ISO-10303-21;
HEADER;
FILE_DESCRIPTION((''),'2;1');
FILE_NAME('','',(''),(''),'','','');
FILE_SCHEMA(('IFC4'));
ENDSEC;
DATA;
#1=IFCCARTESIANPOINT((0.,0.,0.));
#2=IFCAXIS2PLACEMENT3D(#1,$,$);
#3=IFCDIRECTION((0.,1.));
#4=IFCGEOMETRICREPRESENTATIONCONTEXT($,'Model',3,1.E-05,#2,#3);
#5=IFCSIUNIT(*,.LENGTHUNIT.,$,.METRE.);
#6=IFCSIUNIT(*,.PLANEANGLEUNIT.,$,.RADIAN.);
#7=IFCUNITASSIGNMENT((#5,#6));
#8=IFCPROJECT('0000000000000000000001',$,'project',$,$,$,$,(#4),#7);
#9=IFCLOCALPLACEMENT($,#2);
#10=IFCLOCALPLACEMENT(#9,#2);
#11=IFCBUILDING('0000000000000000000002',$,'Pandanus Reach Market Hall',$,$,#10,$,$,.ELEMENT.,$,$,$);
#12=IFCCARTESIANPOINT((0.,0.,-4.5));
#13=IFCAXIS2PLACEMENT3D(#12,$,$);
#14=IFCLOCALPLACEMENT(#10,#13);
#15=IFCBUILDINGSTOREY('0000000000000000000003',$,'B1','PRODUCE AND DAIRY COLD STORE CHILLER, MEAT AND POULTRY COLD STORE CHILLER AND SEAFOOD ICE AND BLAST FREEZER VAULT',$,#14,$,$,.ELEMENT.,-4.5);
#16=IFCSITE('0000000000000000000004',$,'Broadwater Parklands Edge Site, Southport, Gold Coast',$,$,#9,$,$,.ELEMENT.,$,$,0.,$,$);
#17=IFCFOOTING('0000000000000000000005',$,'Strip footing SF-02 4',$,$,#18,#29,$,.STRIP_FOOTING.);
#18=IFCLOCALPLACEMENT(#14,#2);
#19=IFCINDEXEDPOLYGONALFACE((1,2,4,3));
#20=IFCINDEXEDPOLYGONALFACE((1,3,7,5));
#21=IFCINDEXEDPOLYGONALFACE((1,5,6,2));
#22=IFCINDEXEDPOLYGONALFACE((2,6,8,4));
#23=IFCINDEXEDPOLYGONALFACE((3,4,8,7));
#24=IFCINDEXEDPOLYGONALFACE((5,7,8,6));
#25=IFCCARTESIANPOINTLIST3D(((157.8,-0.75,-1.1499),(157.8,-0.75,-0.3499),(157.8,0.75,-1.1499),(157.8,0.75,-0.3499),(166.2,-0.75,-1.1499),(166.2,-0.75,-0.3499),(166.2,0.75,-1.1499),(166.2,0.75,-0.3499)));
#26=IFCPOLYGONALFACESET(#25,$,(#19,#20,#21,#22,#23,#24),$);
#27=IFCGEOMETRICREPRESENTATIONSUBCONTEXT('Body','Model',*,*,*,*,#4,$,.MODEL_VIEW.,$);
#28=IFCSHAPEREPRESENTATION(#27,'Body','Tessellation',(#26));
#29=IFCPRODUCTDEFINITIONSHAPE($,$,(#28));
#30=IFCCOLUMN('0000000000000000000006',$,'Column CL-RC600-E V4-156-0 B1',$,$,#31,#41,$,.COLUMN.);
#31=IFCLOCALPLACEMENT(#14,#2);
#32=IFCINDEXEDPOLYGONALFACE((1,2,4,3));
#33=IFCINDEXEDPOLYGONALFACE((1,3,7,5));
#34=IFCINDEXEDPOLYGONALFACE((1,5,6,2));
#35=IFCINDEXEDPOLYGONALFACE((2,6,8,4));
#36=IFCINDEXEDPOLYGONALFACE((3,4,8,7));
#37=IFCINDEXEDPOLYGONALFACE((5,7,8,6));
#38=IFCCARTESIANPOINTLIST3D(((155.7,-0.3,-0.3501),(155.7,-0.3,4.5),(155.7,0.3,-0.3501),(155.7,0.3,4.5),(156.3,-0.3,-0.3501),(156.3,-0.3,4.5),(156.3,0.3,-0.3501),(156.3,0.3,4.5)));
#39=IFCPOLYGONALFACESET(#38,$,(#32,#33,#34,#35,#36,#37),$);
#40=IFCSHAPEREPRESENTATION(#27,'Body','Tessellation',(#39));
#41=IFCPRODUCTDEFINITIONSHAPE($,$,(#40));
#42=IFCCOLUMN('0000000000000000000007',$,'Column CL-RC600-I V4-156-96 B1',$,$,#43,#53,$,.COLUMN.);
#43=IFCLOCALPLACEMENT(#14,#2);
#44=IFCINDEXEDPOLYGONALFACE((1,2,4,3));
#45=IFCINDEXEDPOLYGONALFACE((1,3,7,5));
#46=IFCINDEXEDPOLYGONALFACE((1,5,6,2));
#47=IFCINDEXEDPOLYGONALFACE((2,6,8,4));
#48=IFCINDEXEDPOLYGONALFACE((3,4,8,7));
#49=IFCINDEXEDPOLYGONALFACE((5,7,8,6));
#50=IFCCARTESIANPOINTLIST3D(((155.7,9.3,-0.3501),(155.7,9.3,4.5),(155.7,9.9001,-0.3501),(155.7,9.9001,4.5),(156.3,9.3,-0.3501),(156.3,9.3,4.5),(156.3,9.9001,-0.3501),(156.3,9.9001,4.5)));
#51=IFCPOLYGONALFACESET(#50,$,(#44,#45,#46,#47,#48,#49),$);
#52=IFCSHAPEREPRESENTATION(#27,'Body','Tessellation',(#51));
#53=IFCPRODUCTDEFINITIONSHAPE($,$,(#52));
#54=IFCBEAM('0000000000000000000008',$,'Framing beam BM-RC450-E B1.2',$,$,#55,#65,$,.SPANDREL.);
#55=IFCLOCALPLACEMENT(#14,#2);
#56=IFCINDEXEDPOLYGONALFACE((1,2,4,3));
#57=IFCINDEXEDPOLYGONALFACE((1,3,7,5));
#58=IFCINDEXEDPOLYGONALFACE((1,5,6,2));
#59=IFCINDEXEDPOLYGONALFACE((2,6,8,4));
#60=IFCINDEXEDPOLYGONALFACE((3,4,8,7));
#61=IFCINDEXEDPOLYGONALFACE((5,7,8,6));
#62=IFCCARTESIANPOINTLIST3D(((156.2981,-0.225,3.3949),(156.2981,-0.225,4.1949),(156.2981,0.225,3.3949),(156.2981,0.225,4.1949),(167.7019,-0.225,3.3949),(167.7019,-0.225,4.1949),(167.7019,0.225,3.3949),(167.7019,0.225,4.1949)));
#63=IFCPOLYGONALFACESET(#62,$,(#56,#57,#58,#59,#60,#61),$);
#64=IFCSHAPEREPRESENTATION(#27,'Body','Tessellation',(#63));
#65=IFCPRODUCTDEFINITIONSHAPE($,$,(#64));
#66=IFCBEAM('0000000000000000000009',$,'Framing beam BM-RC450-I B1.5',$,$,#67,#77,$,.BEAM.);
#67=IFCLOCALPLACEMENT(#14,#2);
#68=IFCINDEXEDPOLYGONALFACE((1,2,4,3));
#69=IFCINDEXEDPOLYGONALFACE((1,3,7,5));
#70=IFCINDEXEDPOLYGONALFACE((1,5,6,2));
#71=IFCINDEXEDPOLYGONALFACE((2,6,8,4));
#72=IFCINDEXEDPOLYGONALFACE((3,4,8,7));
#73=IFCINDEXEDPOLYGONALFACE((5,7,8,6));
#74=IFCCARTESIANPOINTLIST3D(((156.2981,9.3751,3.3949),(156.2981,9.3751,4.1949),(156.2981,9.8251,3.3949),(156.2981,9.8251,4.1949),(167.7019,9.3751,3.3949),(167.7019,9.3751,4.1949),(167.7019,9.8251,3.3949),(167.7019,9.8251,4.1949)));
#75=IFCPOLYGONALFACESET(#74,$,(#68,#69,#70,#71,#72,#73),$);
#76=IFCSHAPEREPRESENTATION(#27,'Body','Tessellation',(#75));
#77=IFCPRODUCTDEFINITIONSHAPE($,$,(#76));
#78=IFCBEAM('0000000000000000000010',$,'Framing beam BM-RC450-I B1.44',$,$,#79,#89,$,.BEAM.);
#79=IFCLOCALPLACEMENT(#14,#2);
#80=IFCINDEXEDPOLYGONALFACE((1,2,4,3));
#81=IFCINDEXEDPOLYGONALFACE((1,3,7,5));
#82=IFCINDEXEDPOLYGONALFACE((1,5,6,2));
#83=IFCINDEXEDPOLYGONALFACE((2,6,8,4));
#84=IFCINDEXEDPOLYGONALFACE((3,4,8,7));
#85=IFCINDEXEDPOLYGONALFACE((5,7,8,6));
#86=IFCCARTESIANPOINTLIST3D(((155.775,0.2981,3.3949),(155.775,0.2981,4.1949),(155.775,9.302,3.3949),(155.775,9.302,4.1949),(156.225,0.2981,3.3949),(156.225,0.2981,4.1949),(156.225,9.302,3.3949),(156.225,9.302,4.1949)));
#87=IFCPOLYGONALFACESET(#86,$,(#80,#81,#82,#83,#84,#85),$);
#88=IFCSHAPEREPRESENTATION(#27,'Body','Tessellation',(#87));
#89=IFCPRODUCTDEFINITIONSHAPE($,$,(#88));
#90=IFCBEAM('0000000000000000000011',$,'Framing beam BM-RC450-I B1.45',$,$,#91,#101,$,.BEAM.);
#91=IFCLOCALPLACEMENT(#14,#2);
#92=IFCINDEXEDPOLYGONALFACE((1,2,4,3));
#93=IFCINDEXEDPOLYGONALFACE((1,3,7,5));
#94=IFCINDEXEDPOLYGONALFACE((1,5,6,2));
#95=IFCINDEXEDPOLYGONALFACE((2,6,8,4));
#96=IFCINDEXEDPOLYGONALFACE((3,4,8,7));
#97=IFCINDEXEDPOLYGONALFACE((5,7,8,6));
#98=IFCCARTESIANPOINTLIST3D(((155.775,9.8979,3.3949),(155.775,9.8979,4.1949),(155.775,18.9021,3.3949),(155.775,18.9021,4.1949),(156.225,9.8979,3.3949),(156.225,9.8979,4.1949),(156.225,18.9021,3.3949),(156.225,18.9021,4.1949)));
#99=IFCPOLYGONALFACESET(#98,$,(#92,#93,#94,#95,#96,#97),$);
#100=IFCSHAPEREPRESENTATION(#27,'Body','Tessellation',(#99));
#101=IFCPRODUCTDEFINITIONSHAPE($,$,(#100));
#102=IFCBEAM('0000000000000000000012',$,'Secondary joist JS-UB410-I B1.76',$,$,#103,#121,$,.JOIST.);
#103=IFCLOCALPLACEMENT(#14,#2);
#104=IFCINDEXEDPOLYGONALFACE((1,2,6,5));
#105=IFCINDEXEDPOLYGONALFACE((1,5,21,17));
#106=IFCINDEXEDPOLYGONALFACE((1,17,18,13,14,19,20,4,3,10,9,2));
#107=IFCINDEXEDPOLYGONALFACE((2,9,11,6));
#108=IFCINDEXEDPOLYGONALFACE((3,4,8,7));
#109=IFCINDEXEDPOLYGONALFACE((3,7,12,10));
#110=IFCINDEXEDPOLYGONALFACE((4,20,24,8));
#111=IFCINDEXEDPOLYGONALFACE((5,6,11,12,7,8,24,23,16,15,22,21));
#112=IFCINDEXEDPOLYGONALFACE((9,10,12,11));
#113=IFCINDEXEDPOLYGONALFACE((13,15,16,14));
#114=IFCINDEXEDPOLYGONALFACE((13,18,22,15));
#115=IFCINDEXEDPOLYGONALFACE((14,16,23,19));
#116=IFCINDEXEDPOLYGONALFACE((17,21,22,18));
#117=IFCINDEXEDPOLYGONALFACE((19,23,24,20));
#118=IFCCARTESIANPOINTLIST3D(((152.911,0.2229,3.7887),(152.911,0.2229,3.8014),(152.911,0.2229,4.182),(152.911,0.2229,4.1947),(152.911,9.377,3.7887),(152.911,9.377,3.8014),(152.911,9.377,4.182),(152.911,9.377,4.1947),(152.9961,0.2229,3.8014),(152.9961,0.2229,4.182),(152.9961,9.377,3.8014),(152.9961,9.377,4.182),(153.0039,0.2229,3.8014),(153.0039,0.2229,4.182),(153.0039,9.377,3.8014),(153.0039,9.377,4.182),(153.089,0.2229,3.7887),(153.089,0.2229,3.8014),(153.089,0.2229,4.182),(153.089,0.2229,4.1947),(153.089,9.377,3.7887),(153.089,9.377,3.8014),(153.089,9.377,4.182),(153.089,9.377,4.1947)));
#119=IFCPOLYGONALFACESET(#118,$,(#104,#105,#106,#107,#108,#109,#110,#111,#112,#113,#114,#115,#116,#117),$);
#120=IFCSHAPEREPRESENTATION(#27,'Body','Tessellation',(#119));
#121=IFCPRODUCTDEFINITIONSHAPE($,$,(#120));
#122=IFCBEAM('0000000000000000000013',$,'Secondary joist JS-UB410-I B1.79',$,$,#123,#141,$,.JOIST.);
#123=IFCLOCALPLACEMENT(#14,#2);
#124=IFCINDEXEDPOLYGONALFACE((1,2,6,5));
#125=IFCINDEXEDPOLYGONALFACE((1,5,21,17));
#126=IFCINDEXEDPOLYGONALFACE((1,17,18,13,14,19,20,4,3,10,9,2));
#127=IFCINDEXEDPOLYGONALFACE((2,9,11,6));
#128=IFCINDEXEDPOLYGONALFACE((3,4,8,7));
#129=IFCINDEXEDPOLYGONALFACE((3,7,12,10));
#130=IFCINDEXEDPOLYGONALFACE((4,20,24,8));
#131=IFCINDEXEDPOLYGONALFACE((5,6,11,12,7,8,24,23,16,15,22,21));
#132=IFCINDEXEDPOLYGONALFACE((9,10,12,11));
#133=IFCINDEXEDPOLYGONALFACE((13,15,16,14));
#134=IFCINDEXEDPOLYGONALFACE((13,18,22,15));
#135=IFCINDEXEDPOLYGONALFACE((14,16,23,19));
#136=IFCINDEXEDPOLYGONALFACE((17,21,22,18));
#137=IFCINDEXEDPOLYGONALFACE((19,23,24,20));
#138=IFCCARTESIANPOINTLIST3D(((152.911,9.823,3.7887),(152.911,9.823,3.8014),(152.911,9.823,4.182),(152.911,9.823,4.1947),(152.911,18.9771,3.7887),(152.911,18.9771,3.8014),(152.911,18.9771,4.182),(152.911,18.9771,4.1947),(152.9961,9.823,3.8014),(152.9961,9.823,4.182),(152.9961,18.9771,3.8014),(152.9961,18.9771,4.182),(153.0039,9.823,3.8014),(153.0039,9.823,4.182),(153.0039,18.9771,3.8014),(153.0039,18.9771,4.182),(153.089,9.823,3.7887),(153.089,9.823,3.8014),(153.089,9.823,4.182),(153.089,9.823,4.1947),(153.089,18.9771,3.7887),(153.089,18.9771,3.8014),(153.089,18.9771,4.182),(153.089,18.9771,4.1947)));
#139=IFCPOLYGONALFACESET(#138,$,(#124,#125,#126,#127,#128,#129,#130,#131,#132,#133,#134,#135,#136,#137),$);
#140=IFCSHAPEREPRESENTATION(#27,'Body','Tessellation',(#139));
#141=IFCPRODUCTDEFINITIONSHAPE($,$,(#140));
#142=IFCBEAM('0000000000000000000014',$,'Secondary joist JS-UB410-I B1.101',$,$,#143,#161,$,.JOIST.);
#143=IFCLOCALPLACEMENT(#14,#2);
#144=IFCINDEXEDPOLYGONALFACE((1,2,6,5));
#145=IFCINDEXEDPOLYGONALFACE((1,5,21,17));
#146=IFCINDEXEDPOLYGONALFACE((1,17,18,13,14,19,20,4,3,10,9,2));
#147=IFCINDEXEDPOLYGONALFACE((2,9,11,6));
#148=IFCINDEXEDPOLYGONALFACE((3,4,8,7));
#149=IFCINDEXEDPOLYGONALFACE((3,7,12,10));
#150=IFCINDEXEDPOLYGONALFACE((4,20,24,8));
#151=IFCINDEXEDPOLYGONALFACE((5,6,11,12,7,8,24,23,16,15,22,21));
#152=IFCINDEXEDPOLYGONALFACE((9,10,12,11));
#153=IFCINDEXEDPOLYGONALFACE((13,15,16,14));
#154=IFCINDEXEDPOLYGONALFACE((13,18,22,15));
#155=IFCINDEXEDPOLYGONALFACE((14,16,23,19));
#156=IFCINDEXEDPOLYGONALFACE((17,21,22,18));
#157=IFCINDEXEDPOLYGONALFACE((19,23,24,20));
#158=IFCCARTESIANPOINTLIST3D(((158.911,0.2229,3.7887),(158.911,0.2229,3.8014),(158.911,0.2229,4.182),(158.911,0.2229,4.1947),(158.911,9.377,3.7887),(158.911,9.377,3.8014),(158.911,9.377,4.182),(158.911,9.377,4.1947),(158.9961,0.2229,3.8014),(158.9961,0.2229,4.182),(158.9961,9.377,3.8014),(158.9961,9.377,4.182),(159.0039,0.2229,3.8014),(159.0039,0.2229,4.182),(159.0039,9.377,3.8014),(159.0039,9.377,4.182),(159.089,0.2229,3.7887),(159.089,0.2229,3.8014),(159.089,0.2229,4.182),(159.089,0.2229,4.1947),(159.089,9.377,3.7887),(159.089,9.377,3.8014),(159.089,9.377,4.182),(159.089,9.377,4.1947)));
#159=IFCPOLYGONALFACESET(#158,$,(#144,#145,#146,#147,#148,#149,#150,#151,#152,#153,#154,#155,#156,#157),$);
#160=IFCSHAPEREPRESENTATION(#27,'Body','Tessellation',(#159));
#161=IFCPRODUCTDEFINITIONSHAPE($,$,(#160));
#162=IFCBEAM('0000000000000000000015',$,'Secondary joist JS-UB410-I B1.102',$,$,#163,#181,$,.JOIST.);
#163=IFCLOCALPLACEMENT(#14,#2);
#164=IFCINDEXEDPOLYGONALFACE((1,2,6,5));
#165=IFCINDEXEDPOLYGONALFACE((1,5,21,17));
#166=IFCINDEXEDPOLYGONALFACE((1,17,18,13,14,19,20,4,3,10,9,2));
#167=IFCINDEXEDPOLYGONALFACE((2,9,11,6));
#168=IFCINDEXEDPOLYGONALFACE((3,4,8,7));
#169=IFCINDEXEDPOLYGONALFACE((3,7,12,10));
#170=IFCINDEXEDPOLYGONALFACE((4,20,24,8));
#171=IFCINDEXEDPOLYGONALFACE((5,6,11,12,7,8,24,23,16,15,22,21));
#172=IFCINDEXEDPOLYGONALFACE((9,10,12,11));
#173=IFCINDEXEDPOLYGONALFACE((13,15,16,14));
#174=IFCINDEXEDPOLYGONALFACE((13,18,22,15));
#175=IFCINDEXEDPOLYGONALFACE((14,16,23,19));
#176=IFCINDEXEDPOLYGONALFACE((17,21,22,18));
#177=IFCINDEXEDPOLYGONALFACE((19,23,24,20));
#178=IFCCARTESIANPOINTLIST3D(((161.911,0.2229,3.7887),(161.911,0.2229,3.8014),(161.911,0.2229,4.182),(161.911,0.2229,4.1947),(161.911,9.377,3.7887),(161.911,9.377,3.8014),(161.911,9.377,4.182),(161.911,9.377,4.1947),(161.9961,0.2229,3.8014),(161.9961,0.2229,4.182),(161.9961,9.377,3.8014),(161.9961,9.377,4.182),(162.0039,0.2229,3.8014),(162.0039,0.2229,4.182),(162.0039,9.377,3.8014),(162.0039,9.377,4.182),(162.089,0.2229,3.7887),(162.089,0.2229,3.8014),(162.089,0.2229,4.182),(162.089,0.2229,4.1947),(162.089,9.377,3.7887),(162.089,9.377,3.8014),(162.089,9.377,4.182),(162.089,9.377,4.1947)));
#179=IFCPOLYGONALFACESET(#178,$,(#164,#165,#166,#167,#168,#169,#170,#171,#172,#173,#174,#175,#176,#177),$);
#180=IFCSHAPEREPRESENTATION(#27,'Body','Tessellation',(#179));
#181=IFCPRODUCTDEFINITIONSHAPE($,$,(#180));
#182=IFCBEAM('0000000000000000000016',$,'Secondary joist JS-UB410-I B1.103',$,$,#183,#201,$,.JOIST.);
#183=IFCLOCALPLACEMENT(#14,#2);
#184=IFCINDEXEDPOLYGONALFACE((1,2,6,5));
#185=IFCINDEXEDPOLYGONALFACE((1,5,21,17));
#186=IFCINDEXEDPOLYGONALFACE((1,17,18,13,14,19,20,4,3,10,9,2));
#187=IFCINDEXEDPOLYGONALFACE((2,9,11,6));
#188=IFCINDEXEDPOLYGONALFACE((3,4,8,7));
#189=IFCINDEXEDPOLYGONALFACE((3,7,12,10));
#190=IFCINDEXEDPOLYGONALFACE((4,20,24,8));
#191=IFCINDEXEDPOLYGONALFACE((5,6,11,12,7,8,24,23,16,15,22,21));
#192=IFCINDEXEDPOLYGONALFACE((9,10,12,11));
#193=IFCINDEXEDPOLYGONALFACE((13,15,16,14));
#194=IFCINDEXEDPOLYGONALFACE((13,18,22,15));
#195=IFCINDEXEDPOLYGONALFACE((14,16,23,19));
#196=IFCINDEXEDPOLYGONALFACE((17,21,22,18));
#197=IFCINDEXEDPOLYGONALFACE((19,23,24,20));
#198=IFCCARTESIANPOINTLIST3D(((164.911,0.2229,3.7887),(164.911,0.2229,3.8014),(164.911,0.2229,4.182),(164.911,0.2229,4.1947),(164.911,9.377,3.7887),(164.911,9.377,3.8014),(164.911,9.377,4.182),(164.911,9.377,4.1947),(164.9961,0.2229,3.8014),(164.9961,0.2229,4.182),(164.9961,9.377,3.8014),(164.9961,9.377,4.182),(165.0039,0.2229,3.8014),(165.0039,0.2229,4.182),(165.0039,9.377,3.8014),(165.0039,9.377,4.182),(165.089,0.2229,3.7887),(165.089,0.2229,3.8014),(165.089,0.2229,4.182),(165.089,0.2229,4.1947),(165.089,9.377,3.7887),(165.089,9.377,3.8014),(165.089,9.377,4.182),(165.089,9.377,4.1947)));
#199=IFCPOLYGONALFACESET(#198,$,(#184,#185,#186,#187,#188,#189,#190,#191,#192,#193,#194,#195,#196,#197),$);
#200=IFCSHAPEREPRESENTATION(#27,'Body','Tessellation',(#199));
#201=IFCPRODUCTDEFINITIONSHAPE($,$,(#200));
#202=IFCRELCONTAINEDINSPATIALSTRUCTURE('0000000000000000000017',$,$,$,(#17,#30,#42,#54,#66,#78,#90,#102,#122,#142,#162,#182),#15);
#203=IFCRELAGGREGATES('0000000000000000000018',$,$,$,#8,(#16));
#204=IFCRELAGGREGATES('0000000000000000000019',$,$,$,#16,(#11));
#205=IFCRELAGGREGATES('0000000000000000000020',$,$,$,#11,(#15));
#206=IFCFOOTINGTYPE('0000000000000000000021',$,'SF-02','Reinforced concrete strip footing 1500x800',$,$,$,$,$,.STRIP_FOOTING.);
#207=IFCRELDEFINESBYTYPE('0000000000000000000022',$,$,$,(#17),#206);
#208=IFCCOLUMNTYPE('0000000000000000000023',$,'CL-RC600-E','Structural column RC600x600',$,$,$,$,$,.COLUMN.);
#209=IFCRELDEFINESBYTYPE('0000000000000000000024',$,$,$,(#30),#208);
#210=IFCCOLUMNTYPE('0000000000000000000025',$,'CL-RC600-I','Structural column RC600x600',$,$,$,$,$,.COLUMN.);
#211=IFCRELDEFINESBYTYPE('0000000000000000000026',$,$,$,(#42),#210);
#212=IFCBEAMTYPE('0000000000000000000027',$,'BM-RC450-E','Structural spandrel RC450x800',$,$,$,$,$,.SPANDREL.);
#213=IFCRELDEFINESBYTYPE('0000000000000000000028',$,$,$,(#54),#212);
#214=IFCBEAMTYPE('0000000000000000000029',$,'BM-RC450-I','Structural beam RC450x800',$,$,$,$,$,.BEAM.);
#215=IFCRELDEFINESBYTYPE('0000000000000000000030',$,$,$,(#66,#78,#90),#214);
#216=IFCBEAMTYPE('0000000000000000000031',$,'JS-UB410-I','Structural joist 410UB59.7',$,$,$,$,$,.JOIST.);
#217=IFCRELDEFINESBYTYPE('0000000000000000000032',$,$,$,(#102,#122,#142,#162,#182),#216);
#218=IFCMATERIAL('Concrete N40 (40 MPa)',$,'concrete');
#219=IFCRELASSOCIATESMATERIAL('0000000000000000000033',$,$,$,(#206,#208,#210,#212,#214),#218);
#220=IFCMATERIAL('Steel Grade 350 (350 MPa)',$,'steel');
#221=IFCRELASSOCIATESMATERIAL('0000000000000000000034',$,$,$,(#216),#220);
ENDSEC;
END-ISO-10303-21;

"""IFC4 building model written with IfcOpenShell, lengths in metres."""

from ifc_helpers import new_model, si_unit, direction, frame, origin, origin_2d, place, context, subcontext, project, spatial, rectangle, i_section, extrude, material, material_profile, profile_set, type_object, element, save


model = new_model("IFC4")

# Units and contexts
model_context = context("Model", 3, precision=1e-05, world=origin(), true_north=direction((0.0, 1.0)))
body_context = subcontext(model_context, "Body", "Model", "MODEL_VIEW")
ifc_project = project(units=[si_unit("LENGTHUNIT", "METRE"), si_unit("PLANEANGLEUNIT", "RADIAN")], contexts=[model_context])

# Site, building, storey
site_placement = place(None, origin())
site = spatial("IfcSite", under=ifc_project, at=site_placement, Name="Broadwater Parklands Edge Site, Southport, Gold Coast", CompositionType="ELEMENT", RefElevation=0.0)
building_placement = place(site_placement, origin())
building = spatial("IfcBuilding", under=site, at=building_placement, Name="Pandanus Reach Market Hall", CompositionType="ELEMENT")
storey_placement = place(building_placement, frame((0.0, 0.0, -4.5)))
storey = spatial("IfcBuildingStorey", under=building, at=storey_placement, Name="B1", Description="PRODUCE AND DAIRY COLD STORE CHILLER, MEAT AND POULTRY COLD STORE CHILLER AND SEAFOOD ICE AND BLAST FREEZER VAULT", CompositionType="ELEMENT", Elevation=-4.5)

# Shared definitions
ifc_material_1 = material(Name="Concrete N40 (40 MPa)", Category="concrete")

# Footing
footing_type_1 = type_object("IfcFootingType", Name="SF-02", Description="Reinforced concrete strip footing 1500x800", PredefinedType="STRIP_FOOTING", material=ifc_material_1)
footing_placement = place(storey_placement, frame((162.0, 0.0, -1.1499), z_axis=(0.0, 0.0, 1.0), x_axis=(1.0, 0.0, 0.0)))
element("IfcFooting", 1, at=footing_placement, inside=storey, type_object=footing_type_1, Name="Strip footing SF-02 4", PredefinedType="STRIP_FOOTING", context=body_context, shape_type="SweptSolid", body=[
    extrude(rectangle(XDim=8.3999, YDim=1.5, at=origin_2d()), origin(), (0.0, 0.0, 1.0), 0.8),
])

# Columns
ifc_material_profile_1 = material_profile(ifc_material_1, rectangle(XDim=0.6001, YDim=0.6001, at=origin_2d()), Name="RC600x600", Category="LoadBearing")
ifc_profile_set_1 = profile_set([ifc_material_profile_1], Name="Concrete N40 (40 MPa)")
column_type_1 = type_object("IfcColumnType", Name="CL-RC600-E", Description="Structural column RC600x600", PredefinedType="COLUMN", material=ifc_profile_set_1)
column_1_placement = place(storey_placement, frame((156.0, 0.0, -0.3501), z_axis=(0.0, 0.0, 1.0), x_axis=(1.0, 0.0, 0.0)))
element("IfcColumn", 2, at=column_1_placement, inside=storey, type_object=column_type_1, Name="Column CL-RC600-E V4-156-0 B1", PredefinedType="COLUMN", context=body_context, shape_type="SweptSolid", body=[
    extrude(rectangle(XDim=0.6001, YDim=0.6001, at=origin_2d()), origin(), (0.0, 0.0, 1.0), 4.8501),
])
ifc_material_profile_2 = material_profile(ifc_material_1, rectangle(XDim=0.6001, YDim=0.6001, at=origin_2d()), Name="RC600x600", Category="LoadBearing")
ifc_profile_set_2 = profile_set([ifc_material_profile_2], Name="Concrete N40 (40 MPa)")
column_type_2 = type_object("IfcColumnType", Name="CL-RC600-I", Description="Structural column RC600x600", PredefinedType="COLUMN", material=ifc_profile_set_2)
column_2_placement = place(storey_placement, frame((156.0, 9.6001, -0.3501), z_axis=(0.0, 0.0, 1.0), x_axis=(1.0, 0.0, 0.0)))
element("IfcColumn", 3, at=column_2_placement, inside=storey, type_object=column_type_2, Name="Column CL-RC600-I V4-156-96 B1", PredefinedType="COLUMN", context=body_context, shape_type="SweptSolid", body=[
    extrude(rectangle(XDim=0.6001, YDim=0.6001, at=origin_2d()), origin(), (0.0, 0.0, 1.0), 4.8501),
])

# Beams
ifc_material_profile_3 = material_profile(ifc_material_1, rectangle(XDim=0.45, YDim=0.8, at=origin_2d()), Name="RC450x800", Category="LoadBearing")
ifc_profile_set_3 = profile_set([ifc_material_profile_3], Name="Concrete N40 (40 MPa)")
beam_type_1 = type_object("IfcBeamType", Name="BM-RC450-E", Description="Structural spandrel RC450x800", PredefinedType="SPANDREL", material=ifc_profile_set_3)
beam_1_placement = place(storey_placement, frame((156.2981, 0.0, 3.7949), z_axis=(1.0, 0.0, 0.0), x_axis=(0.0, 1.0, 0.0)))
element("IfcBeam", 4, at=beam_1_placement, inside=storey, type_object=beam_type_1, Name="Framing beam BM-RC450-E B1.2", PredefinedType="SPANDREL", context=body_context, shape_type="SweptSolid", body=[
    extrude(rectangle(XDim=0.45, YDim=0.8, at=origin_2d()), origin(), (0.0, 0.0, 1.0), 11.4038),
])
ifc_material_profile_4 = material_profile(ifc_material_1, rectangle(XDim=0.45, YDim=0.8, at=origin_2d()), Name="RC450x800", Category="LoadBearing")
ifc_profile_set_4 = profile_set([ifc_material_profile_4], Name="Concrete N40 (40 MPa)")
beam_type_2 = type_object("IfcBeamType", Name="BM-RC450-I", Description="Structural beam RC450x800", PredefinedType="BEAM", material=ifc_profile_set_4)
beam_2_placement = place(storey_placement, frame((156.2981, 9.6001, 3.7949), z_axis=(1.0, 0.0, 0.0), x_axis=(0.0, 1.0, 0.0)))
element("IfcBeam", 5, at=beam_2_placement, inside=storey, type_object=beam_type_2, Name="Framing beam BM-RC450-I B1.5", PredefinedType="BEAM", context=body_context, shape_type="SweptSolid", body=[
    extrude(rectangle(XDim=0.45, YDim=0.8, at=origin_2d()), origin(), (0.0, 0.0, 1.0), 11.4038),
])
beam_3_placement = place(storey_placement, frame((156.0, 0.2981, 3.7949), z_axis=(0.0, 1.0, 0.0), x_axis=(-1.0, 0.0, 0.0)))
element("IfcBeam", 6, at=beam_3_placement, inside=storey, type_object=beam_type_2, Name="Framing beam BM-RC450-I B1.44", PredefinedType="BEAM", context=body_context, shape_type="SweptSolid", body=[
    extrude(rectangle(XDim=0.45, YDim=0.8, at=origin_2d()), origin(), (0.0, 0.0, 1.0), 9.0039),
])
beam_4_placement = place(storey_placement, frame((156.0, 9.8979, 3.7949), z_axis=(0.0, 1.0, 0.0), x_axis=(-1.0, 0.0, 0.0)))
element("IfcBeam", 7, at=beam_4_placement, inside=storey, type_object=beam_type_2, Name="Framing beam BM-RC450-I B1.45", PredefinedType="BEAM", context=body_context, shape_type="SweptSolid", body=[
    extrude(rectangle(XDim=0.45, YDim=0.8, at=origin_2d()), origin(), (0.0, 0.0, 1.0), 9.0042),
])
ifc_material_2 = material(Name="Steel Grade 350 (350 MPa)", Category="steel")
ifc_material_profile_5 = material_profile(ifc_material_2, i_section(OverallWidth=0.178, OverallDepth=0.406, WebThickness=0.0078, FlangeThickness=0.0127, at=origin_2d()), Name="410UB59.7", Category="LoadBearing")
ifc_profile_set_5 = profile_set([ifc_material_profile_5], Name="Steel Grade 350 (350 MPa)")
beam_type_3 = type_object("IfcBeamType", Name="JS-UB410-I", Description="Structural joist 410UB59.7", PredefinedType="JOIST", material=ifc_profile_set_5)
for number, where, z_axis, x_axis, name in (
    (8, (153.0, 0.2229, 3.9917), (0.0, 1.0, 0.0), (-1.0, 0.0, 0.0), "Secondary joist JS-UB410-I B1.76"),
    (9, (153.0, 9.823, 3.9917), (0.0, 1.0, 0.0), (-1.0, 0.0, 0.0), "Secondary joist JS-UB410-I B1.79"),
    (10, (159.0, 0.2229, 3.9917), (0.0, 1.0, 0.0), (-1.0, 0.0, 0.0), "Secondary joist JS-UB410-I B1.101"),
    (11, (162.0, 0.2229, 3.9917), (0.0, 1.0, 0.0), (-1.0, 0.0, 0.0), "Secondary joist JS-UB410-I B1.102"),
    (12, (165.0, 0.2229, 3.9917), (0.0, 1.0, 0.0), (-1.0, 0.0, 0.0), "Secondary joist JS-UB410-I B1.103"),
):
    element("IfcBeam", number, at=place(storey_placement, frame(where, z_axis=z_axis, x_axis=x_axis)), inside=storey, type_object=beam_type_3, Name=name, PredefinedType="JOIST", context=body_context, shape_type="SweptSolid", body=[
        extrude(i_section(OverallWidth=0.178, OverallDepth=0.406, WebThickness=0.0078, FlangeThickness=0.0127, at=origin_2d()), origin(), (0.0, 0.0, 1.0), 9.1541),
    ])

save(model, "model.ifc")
